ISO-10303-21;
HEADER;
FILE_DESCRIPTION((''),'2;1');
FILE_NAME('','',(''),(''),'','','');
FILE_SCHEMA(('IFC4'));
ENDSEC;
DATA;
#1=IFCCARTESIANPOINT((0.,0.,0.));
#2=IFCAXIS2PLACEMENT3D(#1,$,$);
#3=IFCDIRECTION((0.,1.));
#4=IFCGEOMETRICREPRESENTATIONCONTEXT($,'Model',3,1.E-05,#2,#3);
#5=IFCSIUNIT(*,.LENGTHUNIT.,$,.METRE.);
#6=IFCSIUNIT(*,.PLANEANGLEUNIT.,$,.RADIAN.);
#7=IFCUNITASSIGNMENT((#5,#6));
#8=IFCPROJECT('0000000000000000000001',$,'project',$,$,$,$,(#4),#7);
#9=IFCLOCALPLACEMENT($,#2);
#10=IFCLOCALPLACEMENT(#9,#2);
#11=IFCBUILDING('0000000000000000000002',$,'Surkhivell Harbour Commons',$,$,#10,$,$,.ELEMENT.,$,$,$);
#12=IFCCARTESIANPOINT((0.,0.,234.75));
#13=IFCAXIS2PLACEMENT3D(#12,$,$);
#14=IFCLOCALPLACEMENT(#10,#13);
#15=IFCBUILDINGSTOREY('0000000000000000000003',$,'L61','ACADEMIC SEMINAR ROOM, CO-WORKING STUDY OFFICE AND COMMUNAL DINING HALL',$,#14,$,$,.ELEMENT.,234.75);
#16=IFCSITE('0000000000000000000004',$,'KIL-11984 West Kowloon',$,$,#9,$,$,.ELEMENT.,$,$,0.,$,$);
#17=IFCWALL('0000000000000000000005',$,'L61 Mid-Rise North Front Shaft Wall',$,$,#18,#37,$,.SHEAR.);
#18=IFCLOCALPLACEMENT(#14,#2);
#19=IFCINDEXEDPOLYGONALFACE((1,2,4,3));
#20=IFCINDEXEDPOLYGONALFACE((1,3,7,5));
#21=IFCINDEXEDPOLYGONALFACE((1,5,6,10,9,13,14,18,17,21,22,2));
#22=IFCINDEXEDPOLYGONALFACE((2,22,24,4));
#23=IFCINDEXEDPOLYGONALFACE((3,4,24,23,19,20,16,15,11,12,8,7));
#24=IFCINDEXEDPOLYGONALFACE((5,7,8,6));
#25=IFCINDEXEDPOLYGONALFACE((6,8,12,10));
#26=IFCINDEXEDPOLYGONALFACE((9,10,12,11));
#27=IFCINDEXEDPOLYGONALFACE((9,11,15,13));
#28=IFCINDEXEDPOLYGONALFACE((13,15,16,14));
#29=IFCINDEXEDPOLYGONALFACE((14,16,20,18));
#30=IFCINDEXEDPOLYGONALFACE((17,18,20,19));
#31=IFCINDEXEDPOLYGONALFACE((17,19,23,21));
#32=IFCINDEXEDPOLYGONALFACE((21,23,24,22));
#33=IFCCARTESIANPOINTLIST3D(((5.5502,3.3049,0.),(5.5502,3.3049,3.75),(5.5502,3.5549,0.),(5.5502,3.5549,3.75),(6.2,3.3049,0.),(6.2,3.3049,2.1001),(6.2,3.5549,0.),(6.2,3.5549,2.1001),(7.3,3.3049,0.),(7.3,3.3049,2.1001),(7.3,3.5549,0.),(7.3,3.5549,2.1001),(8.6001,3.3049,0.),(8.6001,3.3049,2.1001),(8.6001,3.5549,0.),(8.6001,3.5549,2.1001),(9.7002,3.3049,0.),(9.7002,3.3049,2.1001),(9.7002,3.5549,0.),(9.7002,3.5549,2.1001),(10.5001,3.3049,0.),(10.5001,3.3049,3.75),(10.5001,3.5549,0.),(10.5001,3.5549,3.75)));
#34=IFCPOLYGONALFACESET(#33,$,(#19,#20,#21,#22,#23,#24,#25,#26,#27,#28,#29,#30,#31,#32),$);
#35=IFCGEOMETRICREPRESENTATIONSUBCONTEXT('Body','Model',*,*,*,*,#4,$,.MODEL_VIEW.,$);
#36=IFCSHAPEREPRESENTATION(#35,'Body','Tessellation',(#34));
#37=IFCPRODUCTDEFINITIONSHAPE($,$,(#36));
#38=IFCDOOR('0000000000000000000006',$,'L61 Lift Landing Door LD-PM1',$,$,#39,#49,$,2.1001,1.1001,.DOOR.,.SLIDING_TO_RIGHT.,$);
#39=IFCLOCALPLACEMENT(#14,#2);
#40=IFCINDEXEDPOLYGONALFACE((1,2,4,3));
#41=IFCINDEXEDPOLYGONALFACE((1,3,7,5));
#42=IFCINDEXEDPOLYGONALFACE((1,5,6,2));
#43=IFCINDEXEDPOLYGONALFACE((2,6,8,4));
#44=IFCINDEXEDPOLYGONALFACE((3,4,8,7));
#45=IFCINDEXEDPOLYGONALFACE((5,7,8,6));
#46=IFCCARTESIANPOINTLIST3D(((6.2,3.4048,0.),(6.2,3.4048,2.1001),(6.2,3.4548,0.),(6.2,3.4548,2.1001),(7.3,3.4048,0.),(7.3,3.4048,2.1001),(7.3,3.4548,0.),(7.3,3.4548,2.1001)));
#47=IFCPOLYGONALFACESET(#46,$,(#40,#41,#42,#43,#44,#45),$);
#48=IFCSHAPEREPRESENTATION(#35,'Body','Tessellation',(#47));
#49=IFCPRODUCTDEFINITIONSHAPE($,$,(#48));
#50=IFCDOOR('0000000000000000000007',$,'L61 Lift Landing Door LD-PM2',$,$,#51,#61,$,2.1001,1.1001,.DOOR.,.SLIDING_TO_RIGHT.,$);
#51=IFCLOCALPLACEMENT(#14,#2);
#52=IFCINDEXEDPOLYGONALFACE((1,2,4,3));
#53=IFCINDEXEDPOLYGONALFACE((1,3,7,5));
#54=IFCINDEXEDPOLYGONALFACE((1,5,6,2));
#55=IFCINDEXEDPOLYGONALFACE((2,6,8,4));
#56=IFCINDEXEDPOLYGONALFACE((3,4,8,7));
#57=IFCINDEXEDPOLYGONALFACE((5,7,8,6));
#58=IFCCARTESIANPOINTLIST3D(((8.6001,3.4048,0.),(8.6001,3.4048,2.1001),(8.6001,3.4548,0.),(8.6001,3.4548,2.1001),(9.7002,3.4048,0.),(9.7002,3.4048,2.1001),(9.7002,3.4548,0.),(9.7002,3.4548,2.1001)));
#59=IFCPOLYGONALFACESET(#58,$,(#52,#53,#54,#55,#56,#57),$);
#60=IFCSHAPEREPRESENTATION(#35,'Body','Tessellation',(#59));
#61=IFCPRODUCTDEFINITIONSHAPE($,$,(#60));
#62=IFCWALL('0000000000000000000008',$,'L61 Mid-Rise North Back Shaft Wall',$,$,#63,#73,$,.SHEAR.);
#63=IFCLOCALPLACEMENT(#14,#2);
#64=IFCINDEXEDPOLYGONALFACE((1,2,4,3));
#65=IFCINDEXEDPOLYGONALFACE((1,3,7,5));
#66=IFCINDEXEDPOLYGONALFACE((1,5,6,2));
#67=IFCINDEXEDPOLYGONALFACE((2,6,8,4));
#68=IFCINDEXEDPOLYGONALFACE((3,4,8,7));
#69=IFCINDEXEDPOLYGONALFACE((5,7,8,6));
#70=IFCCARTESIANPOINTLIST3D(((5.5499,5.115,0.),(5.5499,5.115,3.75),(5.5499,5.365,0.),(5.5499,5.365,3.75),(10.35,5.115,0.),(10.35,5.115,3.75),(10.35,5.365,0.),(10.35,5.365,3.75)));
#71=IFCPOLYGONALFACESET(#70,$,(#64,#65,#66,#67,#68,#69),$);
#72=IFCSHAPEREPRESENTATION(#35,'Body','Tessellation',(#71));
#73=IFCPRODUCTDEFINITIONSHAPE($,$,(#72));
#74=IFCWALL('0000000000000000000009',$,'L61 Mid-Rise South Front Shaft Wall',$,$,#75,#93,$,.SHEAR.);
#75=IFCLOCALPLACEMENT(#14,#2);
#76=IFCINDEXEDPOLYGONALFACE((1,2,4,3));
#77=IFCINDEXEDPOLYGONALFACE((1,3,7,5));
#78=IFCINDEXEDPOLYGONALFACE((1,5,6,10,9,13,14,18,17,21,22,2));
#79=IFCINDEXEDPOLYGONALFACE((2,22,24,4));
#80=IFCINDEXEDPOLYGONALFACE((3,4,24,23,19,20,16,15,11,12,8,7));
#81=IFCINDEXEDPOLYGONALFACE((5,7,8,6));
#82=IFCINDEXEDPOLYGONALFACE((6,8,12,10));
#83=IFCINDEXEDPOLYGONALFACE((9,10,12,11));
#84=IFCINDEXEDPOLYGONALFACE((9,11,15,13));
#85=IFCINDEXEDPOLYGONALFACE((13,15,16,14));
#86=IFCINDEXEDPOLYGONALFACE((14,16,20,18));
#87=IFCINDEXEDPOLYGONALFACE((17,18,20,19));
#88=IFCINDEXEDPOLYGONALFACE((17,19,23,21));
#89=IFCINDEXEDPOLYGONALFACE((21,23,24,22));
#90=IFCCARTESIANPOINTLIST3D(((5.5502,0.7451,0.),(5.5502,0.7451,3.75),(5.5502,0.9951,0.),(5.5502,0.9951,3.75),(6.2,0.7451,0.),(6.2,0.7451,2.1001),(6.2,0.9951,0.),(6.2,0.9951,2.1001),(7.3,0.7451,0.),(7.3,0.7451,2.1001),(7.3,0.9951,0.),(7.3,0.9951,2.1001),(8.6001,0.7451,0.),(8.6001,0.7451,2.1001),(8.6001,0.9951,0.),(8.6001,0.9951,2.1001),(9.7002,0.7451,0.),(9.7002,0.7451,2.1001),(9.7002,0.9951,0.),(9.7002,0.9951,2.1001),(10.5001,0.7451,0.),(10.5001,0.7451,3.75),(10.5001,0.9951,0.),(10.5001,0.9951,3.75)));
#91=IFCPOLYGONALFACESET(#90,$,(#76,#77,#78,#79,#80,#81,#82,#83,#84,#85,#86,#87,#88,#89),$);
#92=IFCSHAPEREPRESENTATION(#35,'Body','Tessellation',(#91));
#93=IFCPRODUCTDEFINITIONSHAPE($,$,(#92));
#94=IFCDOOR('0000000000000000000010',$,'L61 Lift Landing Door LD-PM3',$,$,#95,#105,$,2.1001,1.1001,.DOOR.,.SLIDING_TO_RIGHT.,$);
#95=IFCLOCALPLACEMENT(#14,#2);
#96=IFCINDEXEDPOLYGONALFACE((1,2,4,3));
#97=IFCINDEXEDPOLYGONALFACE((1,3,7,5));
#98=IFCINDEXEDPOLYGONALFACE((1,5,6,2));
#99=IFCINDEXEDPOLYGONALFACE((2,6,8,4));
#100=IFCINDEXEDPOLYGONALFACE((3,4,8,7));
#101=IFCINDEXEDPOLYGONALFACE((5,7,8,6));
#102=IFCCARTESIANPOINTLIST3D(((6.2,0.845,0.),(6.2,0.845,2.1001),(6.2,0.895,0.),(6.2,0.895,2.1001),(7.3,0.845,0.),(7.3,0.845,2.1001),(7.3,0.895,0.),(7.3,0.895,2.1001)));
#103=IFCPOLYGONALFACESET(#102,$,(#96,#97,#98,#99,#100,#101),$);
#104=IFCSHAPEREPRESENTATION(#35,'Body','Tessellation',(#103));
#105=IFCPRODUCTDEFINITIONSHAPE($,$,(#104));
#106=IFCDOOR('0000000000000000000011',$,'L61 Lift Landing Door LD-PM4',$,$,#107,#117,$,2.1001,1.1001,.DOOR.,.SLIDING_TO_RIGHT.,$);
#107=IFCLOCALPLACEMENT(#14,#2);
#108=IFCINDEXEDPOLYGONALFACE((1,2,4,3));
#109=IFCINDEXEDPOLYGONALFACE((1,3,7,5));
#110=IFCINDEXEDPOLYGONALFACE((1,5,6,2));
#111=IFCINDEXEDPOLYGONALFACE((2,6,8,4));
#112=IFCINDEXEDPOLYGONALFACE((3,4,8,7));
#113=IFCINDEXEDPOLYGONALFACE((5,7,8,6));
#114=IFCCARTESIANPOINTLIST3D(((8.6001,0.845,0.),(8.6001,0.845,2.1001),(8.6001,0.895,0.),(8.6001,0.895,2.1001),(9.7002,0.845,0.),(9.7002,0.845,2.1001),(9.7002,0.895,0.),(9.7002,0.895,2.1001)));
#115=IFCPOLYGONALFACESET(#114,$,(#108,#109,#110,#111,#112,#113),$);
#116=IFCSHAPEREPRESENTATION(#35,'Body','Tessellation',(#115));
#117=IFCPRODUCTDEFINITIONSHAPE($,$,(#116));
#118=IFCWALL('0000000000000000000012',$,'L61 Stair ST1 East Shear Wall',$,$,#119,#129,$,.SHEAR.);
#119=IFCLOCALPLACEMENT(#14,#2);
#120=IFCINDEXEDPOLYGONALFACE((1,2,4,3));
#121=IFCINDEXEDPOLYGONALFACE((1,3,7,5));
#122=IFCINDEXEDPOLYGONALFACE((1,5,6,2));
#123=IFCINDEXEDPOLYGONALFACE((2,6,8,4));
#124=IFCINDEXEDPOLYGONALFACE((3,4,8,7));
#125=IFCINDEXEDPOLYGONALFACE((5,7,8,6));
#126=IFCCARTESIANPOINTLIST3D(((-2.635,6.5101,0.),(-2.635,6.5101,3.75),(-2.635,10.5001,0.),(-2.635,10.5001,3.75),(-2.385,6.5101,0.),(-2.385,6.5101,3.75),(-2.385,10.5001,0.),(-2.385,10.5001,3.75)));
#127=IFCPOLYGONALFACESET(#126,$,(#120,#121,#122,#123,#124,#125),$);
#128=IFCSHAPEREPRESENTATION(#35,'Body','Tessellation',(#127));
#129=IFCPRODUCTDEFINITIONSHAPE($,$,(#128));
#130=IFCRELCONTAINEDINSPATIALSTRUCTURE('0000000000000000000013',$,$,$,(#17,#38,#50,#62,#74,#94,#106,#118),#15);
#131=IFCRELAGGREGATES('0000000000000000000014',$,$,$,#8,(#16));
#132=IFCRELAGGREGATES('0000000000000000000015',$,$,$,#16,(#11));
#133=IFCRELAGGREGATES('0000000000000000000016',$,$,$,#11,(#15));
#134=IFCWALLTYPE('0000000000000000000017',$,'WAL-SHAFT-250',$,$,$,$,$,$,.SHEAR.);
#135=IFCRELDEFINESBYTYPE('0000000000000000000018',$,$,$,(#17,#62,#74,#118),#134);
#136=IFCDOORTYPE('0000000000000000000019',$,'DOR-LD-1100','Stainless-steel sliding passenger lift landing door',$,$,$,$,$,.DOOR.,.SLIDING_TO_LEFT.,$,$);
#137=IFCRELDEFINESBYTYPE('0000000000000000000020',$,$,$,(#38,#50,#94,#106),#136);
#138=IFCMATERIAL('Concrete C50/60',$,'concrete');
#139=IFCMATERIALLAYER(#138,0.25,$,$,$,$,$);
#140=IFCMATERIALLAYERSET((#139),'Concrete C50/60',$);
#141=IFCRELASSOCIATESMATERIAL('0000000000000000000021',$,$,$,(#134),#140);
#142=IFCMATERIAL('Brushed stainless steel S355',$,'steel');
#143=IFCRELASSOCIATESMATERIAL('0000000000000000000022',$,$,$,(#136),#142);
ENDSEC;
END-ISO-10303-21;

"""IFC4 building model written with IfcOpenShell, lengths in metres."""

from ifc_helpers import new_model, si_unit, direction, frame, frame_2d, origin, place, context, subcontext, project, spatial, rectangle, extrude, material, layer, layer_set, type_object, element, fill, save


model = new_model("IFC4")

# Units and contexts
model_context = context("Model", 3, precision=1e-05, world=origin(), true_north=direction((0.0, 1.0)))
body_context = subcontext(model_context, "Body", "Model", "MODEL_VIEW")
ifc_project = project(units=[si_unit("LENGTHUNIT", "METRE"), si_unit("PLANEANGLEUNIT", "RADIAN")], contexts=[model_context])

# Site, building, storey
site_placement = place(None, origin())
site = spatial("IfcSite", under=ifc_project, at=site_placement, Name="KIL-11984 West Kowloon", CompositionType="ELEMENT", RefElevation=0.0)
building_placement = place(site_placement, origin())
building = spatial("IfcBuilding", under=site, at=building_placement, Name="Surkhivell Harbour Commons", CompositionType="ELEMENT")
storey_placement = place(building_placement, frame((0.0, 0.0, 234.75)))
storey = spatial("IfcBuildingStorey", under=building, at=storey_placement, Name="L61", Description="ACADEMIC SEMINAR ROOM, CO-WORKING STUDY OFFICE AND COMMUNAL DINING HALL", CompositionType="ELEMENT", Elevation=234.75)

# Shared definitions
ifc_material_1 = material(Name="Concrete C50/60", Category="concrete")
ifc_layer_1 = layer(ifc_material_1, 0.25)
ifc_layer_set_1 = layer_set([ifc_layer_1], Name="Concrete C50/60")
wall_type_1 = type_object("IfcWallType", Name="WAL-SHAFT-250", PredefinedType="SHEAR", material=ifc_layer_set_1)

# Wall, openings, doors
wall_1_placement = place(storey_placement, frame((5.55, 3.4299, 0.0), z_axis=(0.0, 0.0, 1.0), x_axis=(1.0, 0.0, 0.0)))
wall_1 = element("IfcWall", 1, at=wall_1_placement, inside=storey, type_object=wall_type_1, Name="L61 Mid-Rise North Front Shaft Wall", PredefinedType="SHEAR", context=body_context, shape_type="SweptSolid", body=[
    extrude(rectangle(XDim=4.95, YDim=0.25, at=frame_2d((2.4751, 0.0))), origin(), (0.0, 0.0, 1.0), 3.75),
])
opening_1_placement = place(wall_1_placement, frame((0.6499, 0.0, 0.0)))
opening_1 = element("IfcOpeningElement", 2, at=opening_1_placement, cuts=wall_1, PredefinedType="OPENING", context=body_context, shape_type="SweptSolid", body=[
    extrude(rectangle(XDim=1.1001, YDim=2.1001, at=frame_2d((0.55, 1.05))), frame((0.0, 0.135, 0.0), z_axis=(0.0, -1.0, 0.0), x_axis=(1.0, 0.0, 0.0)), (0.0, 0.0, 1.0), 0.27),
])
opening_2_placement = place(wall_1_placement, frame((3.05, 0.0, 0.0)))
opening_2 = element("IfcOpeningElement", 3, at=opening_2_placement, cuts=wall_1, PredefinedType="OPENING", context=body_context, shape_type="SweptSolid", body=[
    extrude(rectangle(XDim=1.1001, YDim=2.1001, at=frame_2d((0.55, 1.05))), frame((0.0, 0.135, 0.0), z_axis=(0.0, -1.0, 0.0), x_axis=(1.0, 0.0, 0.0)), (0.0, 0.0, 1.0), 0.27),
])
ifc_material_2 = material(Name="Brushed stainless steel S355", Category="steel")
door_type_1 = type_object("IfcDoorType", Name="DOR-LD-1100", Description="Stainless-steel sliding passenger lift landing door", OperationType="SLIDING_TO_LEFT", PredefinedType="DOOR", material=ifc_material_2)
door_1_placement = place(opening_1_placement, origin())
door_1 = element("IfcDoor", 4, at=door_1_placement, inside=storey, type_object=door_type_1, Name="L61 Lift Landing Door LD-PM1", OperationType="SLIDING_TO_RIGHT", OverallHeight=2.1001, OverallWidth=1.1001, PredefinedType="DOOR", context=body_context, shape_type="SweptSolid", body=[
    extrude(rectangle(XDim=1.1001, YDim=2.1001, at=frame_2d((0.55, 1.05))), frame((0.0, 0.0249, 0.0), z_axis=(0.0, -1.0, 0.0), x_axis=(1.0, 0.0, 0.0)), (0.0, 0.0, 1.0), 0.05),
])
fill(opening_1, door_1)
door_2_placement = place(opening_2_placement, origin())
door_2 = element("IfcDoor", 5, at=door_2_placement, inside=storey, type_object=door_type_1, Name="L61 Lift Landing Door LD-PM2", OperationType="SLIDING_TO_RIGHT", OverallHeight=2.1001, OverallWidth=1.1001, PredefinedType="DOOR", context=body_context, shape_type="SweptSolid", body=[
    extrude(rectangle(XDim=1.1001, YDim=2.1001, at=frame_2d((0.55, 1.05))), frame((0.0, 0.0249, 0.0), z_axis=(0.0, -1.0, 0.0), x_axis=(1.0, 0.0, 0.0)), (0.0, 0.0, 1.0), 0.05),
])
fill(opening_2, door_2)

# Wall
wall_2_placement = place(storey_placement, frame((5.55, 5.24, 0.0), z_axis=(0.0, 0.0, 1.0), x_axis=(1.0, 0.0, 0.0)))
element("IfcWall", 6, at=wall_2_placement, inside=storey, type_object=wall_type_1, Name="L61 Mid-Rise North Back Shaft Wall", PredefinedType="SHEAR", context=body_context, shape_type="SweptSolid", body=[
    extrude(rectangle(XDim=4.8, YDim=0.25, at=frame_2d((2.3999, 0.0))), origin(), (0.0, 0.0, 1.0), 3.75),
])

# Wall, openings, doors
wall_3_placement = place(storey_placement, frame((5.55, 0.8701, 0.0), z_axis=(0.0, 0.0, 1.0), x_axis=(1.0, 0.0, 0.0)))
wall_3 = element("IfcWall", 7, at=wall_3_placement, inside=storey, type_object=wall_type_1, Name="L61 Mid-Rise South Front Shaft Wall", PredefinedType="SHEAR", context=body_context, shape_type="SweptSolid", body=[
    extrude(rectangle(XDim=4.95, YDim=0.25, at=frame_2d((2.4751, 0.0))), origin(), (0.0, 0.0, 1.0), 3.75),
])
opening_3_placement = place(wall_3_placement, frame((0.6499, 0.0, 0.0)))
opening_3 = element("IfcOpeningElement", 8, at=opening_3_placement, cuts=wall_3, PredefinedType="OPENING", context=body_context, shape_type="SweptSolid", body=[
    extrude(rectangle(XDim=1.1001, YDim=2.1001, at=frame_2d((0.55, 1.05))), frame((0.0, 0.135, 0.0), z_axis=(0.0, -1.0, 0.0), x_axis=(1.0, 0.0, 0.0)), (0.0, 0.0, 1.0), 0.27),
])
opening_4_placement = place(wall_3_placement, frame((3.05, 0.0, 0.0)))
opening_4 = element("IfcOpeningElement", 9, at=opening_4_placement, cuts=wall_3, PredefinedType="OPENING", context=body_context, shape_type="SweptSolid", body=[
    extrude(rectangle(XDim=1.1001, YDim=2.1001, at=frame_2d((0.55, 1.05))), frame((0.0, 0.135, 0.0), z_axis=(0.0, -1.0, 0.0), x_axis=(1.0, 0.0, 0.0)), (0.0, 0.0, 1.0), 0.27),
])
door_3_placement = place(opening_3_placement, origin())
door_3 = element("IfcDoor", 10, at=door_3_placement, inside=storey, type_object=door_type_1, Name="L61 Lift Landing Door LD-PM3", OperationType="SLIDING_TO_RIGHT", OverallHeight=2.1001, OverallWidth=1.1001, PredefinedType="DOOR", context=body_context, shape_type="SweptSolid", body=[
    extrude(rectangle(XDim=1.1001, YDim=2.1001, at=frame_2d((0.55, 1.05))), frame((0.0, 0.0249, 0.0), z_axis=(0.0, -1.0, 0.0), x_axis=(1.0, 0.0, 0.0)), (0.0, 0.0, 1.0), 0.05),
])
fill(opening_3, door_3)
door_4_placement = place(opening_4_placement, origin())
door_4 = element("IfcDoor", 11, at=door_4_placement, inside=storey, type_object=door_type_1, Name="L61 Lift Landing Door LD-PM4", OperationType="SLIDING_TO_RIGHT", OverallHeight=2.1001, OverallWidth=1.1001, PredefinedType="DOOR", context=body_context, shape_type="SweptSolid", body=[
    extrude(rectangle(XDim=1.1001, YDim=2.1001, at=frame_2d((0.55, 1.05))), frame((0.0, 0.0249, 0.0), z_axis=(0.0, -1.0, 0.0), x_axis=(1.0, 0.0, 0.0)), (0.0, 0.0, 1.0), 0.05),
])
fill(opening_4, door_4)

# Wall
wall_4_placement = place(storey_placement, frame((-2.51, 6.51, 0.0), z_axis=(0.0, 0.0, 1.0), x_axis=(0.0, 1.0, 0.0)))
element("IfcWall", 12, at=wall_4_placement, inside=storey, type_object=wall_type_1, Name="L61 Stair ST1 East Shear Wall", PredefinedType="SHEAR", context=body_context, shape_type="SweptSolid", body=[
    extrude(rectangle(XDim=3.99, YDim=0.25, at=frame_2d((1.9951, 0.0))), origin(), (0.0, 0.0, 1.0), 3.75),
])

save(model, "model.ifc")
